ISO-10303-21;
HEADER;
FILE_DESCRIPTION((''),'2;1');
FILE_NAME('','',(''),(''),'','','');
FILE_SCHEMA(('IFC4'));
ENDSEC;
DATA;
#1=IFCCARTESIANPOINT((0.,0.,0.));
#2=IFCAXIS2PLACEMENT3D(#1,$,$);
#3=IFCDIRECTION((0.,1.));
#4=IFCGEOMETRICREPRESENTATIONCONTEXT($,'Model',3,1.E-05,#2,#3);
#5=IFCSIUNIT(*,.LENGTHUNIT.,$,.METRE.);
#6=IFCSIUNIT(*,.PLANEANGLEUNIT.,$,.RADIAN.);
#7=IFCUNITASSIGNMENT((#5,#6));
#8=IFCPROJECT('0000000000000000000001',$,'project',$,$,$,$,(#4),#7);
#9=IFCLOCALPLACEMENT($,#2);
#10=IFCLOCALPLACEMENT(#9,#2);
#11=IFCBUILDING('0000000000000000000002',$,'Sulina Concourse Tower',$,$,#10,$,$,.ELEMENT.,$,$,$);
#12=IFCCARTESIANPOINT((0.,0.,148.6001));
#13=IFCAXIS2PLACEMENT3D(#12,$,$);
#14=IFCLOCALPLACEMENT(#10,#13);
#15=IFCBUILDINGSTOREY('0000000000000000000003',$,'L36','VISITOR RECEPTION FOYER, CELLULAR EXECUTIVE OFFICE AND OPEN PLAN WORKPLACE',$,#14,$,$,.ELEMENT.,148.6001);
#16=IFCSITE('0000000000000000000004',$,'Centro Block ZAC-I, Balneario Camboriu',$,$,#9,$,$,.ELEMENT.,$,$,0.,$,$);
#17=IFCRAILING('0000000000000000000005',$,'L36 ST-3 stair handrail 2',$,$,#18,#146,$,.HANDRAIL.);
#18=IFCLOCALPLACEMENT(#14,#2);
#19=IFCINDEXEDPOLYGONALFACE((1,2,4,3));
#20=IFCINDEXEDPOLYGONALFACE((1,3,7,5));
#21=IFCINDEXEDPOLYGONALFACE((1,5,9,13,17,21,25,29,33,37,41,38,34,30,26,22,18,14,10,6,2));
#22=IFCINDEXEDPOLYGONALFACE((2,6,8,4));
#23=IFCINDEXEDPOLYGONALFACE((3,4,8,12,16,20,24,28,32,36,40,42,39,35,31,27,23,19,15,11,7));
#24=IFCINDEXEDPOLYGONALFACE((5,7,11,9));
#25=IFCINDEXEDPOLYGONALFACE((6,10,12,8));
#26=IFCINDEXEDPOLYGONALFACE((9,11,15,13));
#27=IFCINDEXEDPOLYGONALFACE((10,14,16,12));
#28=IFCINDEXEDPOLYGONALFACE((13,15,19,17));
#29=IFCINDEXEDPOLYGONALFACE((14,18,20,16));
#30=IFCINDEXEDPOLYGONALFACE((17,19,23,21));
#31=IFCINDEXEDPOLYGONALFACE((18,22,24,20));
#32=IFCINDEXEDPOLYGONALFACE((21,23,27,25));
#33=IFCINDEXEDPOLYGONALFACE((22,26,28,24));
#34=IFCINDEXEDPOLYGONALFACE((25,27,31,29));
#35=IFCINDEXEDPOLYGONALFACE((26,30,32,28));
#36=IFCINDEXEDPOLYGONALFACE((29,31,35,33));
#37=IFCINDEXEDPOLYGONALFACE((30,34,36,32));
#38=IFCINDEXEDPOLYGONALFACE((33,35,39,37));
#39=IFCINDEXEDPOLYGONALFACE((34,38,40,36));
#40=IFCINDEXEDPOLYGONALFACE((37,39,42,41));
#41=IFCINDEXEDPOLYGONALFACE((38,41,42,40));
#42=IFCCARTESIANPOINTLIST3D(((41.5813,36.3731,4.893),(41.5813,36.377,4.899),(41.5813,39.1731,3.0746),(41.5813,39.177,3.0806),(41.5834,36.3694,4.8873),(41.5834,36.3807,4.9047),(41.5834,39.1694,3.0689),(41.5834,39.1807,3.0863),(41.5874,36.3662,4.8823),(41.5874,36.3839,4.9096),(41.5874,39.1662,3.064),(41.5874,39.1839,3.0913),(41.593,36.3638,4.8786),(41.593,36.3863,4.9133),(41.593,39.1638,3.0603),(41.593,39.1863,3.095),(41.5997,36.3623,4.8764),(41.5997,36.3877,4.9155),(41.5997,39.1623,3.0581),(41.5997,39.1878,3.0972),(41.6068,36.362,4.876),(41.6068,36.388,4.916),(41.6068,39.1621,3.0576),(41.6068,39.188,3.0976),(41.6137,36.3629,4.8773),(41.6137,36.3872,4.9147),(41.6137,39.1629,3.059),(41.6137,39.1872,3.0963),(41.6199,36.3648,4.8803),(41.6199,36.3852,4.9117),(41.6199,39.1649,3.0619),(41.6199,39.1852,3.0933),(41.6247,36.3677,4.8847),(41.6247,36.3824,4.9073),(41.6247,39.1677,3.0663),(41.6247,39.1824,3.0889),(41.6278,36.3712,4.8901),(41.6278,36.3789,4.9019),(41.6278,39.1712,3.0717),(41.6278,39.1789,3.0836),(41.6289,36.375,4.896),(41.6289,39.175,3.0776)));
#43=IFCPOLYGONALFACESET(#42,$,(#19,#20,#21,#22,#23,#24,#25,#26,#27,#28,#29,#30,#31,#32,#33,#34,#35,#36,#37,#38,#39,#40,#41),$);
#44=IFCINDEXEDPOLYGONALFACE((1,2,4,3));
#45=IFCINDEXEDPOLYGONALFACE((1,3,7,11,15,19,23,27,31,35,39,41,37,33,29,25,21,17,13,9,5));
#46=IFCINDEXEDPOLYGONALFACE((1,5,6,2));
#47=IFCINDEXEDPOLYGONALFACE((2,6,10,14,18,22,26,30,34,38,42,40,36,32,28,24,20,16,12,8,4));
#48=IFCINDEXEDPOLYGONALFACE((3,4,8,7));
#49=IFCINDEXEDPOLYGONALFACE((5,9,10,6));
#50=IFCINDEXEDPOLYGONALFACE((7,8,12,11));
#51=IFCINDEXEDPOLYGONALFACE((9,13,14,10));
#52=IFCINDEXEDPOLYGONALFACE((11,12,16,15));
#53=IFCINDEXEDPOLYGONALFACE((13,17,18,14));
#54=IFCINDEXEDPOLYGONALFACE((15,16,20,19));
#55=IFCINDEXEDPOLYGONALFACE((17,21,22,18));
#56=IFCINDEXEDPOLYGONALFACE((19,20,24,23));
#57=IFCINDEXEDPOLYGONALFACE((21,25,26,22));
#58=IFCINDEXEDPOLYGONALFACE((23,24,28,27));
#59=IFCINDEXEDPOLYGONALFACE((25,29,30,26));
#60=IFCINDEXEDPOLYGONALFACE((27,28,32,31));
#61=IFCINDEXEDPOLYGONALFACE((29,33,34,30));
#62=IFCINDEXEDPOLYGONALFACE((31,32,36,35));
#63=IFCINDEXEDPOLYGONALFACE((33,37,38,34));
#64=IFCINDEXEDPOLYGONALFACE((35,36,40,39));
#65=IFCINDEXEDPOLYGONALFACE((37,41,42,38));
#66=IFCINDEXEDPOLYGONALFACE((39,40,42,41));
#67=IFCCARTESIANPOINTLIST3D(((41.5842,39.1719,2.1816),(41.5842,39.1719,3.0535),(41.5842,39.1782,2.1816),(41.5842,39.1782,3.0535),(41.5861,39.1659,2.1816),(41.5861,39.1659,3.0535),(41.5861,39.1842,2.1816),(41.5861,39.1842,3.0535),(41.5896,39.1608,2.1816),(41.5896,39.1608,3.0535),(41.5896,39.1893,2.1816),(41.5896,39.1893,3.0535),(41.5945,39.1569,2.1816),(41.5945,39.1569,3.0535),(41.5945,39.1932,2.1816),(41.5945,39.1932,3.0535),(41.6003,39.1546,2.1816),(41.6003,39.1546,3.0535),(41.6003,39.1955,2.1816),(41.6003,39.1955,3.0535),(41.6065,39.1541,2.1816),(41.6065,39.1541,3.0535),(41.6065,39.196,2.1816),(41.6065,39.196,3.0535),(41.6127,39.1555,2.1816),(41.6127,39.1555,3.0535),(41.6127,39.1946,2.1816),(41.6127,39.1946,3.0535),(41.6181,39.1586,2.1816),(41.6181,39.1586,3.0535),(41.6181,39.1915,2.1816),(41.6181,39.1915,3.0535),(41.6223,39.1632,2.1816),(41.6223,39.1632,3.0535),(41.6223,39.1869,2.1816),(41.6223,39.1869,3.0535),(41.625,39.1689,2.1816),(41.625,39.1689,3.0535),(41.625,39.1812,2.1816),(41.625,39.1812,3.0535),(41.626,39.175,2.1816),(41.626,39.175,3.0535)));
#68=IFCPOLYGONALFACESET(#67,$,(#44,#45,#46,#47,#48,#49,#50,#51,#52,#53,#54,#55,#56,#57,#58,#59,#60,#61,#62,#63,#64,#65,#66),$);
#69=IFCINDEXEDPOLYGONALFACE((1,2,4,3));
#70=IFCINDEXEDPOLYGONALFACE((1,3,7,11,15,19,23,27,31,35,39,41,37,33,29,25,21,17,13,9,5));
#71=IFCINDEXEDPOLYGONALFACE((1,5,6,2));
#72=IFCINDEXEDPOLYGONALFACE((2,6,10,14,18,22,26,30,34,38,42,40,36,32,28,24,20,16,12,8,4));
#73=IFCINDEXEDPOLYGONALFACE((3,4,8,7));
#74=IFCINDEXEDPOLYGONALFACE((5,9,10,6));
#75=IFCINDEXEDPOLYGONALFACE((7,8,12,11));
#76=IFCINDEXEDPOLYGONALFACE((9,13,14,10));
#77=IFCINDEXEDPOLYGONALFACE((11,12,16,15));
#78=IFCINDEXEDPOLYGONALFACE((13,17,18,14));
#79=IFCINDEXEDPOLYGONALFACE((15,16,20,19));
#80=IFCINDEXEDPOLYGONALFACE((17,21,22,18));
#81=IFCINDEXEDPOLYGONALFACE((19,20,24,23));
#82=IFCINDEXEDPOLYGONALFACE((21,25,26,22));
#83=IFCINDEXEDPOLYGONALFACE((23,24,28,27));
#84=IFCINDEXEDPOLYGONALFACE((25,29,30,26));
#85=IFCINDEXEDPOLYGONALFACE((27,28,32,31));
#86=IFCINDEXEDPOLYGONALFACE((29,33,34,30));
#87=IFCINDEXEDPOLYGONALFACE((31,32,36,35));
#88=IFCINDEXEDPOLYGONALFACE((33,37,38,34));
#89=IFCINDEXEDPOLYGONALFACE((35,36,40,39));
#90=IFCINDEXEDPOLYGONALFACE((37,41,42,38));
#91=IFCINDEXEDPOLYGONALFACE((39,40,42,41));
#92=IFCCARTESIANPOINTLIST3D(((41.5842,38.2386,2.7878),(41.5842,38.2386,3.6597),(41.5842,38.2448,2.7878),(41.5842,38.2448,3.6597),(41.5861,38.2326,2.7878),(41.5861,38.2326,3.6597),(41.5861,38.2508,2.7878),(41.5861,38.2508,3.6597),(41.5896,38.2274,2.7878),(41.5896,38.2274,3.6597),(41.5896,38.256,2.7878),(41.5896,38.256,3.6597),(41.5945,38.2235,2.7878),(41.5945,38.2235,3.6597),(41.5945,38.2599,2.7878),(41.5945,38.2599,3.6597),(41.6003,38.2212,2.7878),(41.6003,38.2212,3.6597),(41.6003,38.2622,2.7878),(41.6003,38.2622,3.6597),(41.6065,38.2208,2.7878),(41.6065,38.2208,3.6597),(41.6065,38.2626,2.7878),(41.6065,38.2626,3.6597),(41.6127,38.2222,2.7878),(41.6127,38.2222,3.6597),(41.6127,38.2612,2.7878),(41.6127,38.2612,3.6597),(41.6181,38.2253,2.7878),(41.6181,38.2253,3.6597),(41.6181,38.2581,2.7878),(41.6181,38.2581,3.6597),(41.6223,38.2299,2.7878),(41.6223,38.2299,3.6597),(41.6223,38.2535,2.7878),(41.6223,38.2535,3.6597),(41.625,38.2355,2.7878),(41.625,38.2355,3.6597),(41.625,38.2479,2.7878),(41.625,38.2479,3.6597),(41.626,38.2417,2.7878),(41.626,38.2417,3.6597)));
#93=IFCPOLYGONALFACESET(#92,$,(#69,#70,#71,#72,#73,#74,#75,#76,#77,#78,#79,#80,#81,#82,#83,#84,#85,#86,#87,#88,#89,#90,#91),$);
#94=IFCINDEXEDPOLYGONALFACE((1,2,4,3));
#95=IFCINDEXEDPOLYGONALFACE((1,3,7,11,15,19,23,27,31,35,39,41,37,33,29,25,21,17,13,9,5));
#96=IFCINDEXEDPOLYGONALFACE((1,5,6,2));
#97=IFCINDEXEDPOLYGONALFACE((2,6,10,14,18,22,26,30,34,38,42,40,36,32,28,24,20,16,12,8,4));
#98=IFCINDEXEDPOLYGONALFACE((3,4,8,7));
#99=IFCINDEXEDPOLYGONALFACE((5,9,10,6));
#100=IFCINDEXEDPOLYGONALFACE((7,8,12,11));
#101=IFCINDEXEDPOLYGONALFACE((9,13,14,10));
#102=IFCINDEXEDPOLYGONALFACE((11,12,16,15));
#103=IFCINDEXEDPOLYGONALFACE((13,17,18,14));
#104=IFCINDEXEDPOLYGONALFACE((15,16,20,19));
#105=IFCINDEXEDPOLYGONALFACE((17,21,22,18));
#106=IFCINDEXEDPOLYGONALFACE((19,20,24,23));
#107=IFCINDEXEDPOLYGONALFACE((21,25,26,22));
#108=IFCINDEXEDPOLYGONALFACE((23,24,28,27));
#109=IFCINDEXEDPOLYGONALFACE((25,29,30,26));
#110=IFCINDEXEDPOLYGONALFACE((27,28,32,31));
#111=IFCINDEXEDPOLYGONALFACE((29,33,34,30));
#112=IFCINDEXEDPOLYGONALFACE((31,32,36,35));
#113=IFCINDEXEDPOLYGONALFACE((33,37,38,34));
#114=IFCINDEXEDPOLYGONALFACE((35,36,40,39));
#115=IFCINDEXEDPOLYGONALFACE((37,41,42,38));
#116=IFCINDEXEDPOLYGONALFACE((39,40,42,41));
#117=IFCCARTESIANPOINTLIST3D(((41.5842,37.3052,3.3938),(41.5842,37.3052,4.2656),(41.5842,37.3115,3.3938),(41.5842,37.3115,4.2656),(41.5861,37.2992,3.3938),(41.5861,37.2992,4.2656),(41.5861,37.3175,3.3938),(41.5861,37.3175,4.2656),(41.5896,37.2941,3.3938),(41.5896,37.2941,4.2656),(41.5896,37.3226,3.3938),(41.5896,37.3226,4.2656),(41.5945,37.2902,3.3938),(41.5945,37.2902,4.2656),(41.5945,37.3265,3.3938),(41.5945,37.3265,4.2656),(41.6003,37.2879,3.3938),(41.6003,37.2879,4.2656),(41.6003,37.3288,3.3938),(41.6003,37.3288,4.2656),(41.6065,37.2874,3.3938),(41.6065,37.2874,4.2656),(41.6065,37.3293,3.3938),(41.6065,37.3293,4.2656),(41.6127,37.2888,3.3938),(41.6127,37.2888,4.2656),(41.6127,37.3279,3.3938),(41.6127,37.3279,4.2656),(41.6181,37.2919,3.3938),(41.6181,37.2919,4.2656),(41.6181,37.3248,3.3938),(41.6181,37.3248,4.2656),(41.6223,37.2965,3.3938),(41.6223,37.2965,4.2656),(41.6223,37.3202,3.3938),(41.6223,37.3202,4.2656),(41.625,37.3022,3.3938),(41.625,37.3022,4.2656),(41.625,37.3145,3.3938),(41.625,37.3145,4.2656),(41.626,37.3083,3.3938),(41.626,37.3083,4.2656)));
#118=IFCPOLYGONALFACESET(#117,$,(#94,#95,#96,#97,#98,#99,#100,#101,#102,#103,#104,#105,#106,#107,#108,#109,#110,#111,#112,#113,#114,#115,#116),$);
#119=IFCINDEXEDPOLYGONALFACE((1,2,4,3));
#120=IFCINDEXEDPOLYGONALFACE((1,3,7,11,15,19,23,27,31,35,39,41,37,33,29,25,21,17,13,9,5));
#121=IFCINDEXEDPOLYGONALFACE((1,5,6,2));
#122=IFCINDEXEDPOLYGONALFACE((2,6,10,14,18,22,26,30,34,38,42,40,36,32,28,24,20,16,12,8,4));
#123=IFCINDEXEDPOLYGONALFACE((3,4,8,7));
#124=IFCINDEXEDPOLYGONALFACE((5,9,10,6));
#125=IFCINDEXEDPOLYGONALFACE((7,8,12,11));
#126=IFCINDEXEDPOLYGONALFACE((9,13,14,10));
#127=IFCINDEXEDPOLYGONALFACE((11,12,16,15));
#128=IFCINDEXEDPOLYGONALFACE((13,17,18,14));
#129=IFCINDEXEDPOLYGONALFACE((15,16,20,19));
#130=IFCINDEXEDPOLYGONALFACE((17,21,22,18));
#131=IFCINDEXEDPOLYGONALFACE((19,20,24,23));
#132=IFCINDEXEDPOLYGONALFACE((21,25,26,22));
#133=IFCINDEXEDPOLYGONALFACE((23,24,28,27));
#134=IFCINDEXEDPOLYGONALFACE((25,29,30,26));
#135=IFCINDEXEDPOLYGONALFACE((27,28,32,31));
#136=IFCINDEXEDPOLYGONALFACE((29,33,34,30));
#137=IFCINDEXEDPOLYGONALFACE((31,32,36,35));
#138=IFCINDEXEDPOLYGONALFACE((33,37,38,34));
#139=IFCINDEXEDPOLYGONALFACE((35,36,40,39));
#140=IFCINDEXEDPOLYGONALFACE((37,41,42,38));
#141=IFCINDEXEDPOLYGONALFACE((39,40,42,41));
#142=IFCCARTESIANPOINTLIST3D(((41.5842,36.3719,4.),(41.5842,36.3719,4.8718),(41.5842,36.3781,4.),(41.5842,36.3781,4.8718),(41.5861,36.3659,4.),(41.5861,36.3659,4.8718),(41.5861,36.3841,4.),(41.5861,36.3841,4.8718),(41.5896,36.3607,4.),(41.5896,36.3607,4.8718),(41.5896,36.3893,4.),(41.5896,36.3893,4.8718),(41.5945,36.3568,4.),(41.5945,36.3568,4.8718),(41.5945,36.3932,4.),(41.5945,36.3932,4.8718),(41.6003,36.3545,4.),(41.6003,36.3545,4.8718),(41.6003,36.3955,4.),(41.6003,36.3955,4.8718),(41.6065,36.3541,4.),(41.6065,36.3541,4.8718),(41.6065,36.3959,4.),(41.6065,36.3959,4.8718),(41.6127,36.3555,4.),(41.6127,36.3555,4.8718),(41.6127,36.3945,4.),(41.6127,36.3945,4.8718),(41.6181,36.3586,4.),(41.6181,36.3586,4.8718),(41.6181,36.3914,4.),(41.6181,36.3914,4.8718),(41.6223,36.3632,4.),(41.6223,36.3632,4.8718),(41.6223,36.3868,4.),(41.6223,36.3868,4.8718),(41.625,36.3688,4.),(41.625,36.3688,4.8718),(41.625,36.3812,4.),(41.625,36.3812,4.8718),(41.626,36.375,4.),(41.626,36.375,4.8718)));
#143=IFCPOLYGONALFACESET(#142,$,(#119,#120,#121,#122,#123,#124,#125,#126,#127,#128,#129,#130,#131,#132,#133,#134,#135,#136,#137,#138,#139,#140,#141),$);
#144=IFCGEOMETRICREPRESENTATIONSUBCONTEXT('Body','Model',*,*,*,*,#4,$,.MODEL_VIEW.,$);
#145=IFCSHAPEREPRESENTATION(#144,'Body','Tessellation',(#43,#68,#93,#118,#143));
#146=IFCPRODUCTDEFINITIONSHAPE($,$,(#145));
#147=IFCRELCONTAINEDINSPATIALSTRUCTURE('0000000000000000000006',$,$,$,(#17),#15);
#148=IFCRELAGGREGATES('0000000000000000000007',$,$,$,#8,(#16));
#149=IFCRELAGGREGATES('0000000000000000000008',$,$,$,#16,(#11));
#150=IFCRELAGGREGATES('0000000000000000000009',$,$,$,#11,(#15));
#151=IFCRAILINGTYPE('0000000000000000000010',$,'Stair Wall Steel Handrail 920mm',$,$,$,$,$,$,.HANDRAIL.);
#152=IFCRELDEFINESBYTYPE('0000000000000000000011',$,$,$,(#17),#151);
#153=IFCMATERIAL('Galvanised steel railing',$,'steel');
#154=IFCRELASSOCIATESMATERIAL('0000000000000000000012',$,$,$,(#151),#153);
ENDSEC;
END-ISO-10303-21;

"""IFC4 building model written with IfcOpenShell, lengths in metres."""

from ifc_helpers import new_model, si_unit, direction, frame, origin, origin_2d, place, context, subcontext, project, spatial, circle, extrude, material, type_object, element, save


model = new_model("IFC4")

# Units and contexts
model_context = context("Model", 3, precision=1e-05, world=origin(), true_north=direction((0.0, 1.0)))
body_context = subcontext(model_context, "Body", "Model", "MODEL_VIEW")
ifc_project = project(units=[si_unit("LENGTHUNIT", "METRE"), si_unit("PLANEANGLEUNIT", "RADIAN")], contexts=[model_context])

# Site, building, storey
site_placement = place(None, origin())
site = spatial("IfcSite", under=ifc_project, at=site_placement, Name="Centro Block ZAC-I, Balneario Camboriu", CompositionType="ELEMENT", RefElevation=0.0)
building_placement = place(site_placement, origin())
building = spatial("IfcBuilding", under=site, at=building_placement, Name="Sulina Concourse Tower", CompositionType="ELEMENT")
storey_placement = place(building_placement, frame((0.0, 0.0, 148.6001)))
storey = spatial("IfcBuildingStorey", under=building, at=storey_placement, Name="L36", Description="VISITOR RECEPTION FOYER, CELLULAR EXECUTIVE OFFICE AND OPEN PLAN WORKPLACE", CompositionType="ELEMENT", Elevation=148.6001)

# Railing
ifc_material_1 = material(Name="Galvanised steel railing", Category="steel")
railing_type_1 = type_object("IfcRailingType", Name="Stair Wall Steel Handrail 920mm", PredefinedType="HANDRAIL", material=ifc_material_1)
railing_1_placement = place(storey_placement, frame((41.605, 39.175, 2.1816)))
element("IfcRailing", 1, at=railing_1_placement, inside=storey, type_object=railing_type_1, Name="L36 ST-3 stair handrail 2", PredefinedType="HANDRAIL", context=body_context, shape_type="SweptSolid", body=[
    extrude(circle(Radius=0.0239, at=origin_2d()), frame((0.0, 0.0, 0.896), z_axis=(0.0, -0.838672, 0.544636), x_axis=(1.0, 0.0, 0.0)), (0.0, 0.0, 1.0), 3.3386),
    extrude(circle(Radius=0.021, at=origin_2d()), origin(), (0.0, 0.0, 1.0), 0.8718),
    extrude(circle(Radius=0.021, at=origin_2d()), frame((0.0, -0.9333, 0.6062)), (0.0, 0.0, 1.0), 0.8718),
    extrude(circle(Radius=0.021, at=origin_2d()), frame((0.0, -1.8667, 1.2122)), (0.0, 0.0, 1.0), 0.8718),
    extrude(circle(Radius=0.021, at=origin_2d()), frame((0.0, -2.8, 1.8184)), (0.0, 0.0, 1.0), 0.8718),
])

save(model, "model.ifc")
